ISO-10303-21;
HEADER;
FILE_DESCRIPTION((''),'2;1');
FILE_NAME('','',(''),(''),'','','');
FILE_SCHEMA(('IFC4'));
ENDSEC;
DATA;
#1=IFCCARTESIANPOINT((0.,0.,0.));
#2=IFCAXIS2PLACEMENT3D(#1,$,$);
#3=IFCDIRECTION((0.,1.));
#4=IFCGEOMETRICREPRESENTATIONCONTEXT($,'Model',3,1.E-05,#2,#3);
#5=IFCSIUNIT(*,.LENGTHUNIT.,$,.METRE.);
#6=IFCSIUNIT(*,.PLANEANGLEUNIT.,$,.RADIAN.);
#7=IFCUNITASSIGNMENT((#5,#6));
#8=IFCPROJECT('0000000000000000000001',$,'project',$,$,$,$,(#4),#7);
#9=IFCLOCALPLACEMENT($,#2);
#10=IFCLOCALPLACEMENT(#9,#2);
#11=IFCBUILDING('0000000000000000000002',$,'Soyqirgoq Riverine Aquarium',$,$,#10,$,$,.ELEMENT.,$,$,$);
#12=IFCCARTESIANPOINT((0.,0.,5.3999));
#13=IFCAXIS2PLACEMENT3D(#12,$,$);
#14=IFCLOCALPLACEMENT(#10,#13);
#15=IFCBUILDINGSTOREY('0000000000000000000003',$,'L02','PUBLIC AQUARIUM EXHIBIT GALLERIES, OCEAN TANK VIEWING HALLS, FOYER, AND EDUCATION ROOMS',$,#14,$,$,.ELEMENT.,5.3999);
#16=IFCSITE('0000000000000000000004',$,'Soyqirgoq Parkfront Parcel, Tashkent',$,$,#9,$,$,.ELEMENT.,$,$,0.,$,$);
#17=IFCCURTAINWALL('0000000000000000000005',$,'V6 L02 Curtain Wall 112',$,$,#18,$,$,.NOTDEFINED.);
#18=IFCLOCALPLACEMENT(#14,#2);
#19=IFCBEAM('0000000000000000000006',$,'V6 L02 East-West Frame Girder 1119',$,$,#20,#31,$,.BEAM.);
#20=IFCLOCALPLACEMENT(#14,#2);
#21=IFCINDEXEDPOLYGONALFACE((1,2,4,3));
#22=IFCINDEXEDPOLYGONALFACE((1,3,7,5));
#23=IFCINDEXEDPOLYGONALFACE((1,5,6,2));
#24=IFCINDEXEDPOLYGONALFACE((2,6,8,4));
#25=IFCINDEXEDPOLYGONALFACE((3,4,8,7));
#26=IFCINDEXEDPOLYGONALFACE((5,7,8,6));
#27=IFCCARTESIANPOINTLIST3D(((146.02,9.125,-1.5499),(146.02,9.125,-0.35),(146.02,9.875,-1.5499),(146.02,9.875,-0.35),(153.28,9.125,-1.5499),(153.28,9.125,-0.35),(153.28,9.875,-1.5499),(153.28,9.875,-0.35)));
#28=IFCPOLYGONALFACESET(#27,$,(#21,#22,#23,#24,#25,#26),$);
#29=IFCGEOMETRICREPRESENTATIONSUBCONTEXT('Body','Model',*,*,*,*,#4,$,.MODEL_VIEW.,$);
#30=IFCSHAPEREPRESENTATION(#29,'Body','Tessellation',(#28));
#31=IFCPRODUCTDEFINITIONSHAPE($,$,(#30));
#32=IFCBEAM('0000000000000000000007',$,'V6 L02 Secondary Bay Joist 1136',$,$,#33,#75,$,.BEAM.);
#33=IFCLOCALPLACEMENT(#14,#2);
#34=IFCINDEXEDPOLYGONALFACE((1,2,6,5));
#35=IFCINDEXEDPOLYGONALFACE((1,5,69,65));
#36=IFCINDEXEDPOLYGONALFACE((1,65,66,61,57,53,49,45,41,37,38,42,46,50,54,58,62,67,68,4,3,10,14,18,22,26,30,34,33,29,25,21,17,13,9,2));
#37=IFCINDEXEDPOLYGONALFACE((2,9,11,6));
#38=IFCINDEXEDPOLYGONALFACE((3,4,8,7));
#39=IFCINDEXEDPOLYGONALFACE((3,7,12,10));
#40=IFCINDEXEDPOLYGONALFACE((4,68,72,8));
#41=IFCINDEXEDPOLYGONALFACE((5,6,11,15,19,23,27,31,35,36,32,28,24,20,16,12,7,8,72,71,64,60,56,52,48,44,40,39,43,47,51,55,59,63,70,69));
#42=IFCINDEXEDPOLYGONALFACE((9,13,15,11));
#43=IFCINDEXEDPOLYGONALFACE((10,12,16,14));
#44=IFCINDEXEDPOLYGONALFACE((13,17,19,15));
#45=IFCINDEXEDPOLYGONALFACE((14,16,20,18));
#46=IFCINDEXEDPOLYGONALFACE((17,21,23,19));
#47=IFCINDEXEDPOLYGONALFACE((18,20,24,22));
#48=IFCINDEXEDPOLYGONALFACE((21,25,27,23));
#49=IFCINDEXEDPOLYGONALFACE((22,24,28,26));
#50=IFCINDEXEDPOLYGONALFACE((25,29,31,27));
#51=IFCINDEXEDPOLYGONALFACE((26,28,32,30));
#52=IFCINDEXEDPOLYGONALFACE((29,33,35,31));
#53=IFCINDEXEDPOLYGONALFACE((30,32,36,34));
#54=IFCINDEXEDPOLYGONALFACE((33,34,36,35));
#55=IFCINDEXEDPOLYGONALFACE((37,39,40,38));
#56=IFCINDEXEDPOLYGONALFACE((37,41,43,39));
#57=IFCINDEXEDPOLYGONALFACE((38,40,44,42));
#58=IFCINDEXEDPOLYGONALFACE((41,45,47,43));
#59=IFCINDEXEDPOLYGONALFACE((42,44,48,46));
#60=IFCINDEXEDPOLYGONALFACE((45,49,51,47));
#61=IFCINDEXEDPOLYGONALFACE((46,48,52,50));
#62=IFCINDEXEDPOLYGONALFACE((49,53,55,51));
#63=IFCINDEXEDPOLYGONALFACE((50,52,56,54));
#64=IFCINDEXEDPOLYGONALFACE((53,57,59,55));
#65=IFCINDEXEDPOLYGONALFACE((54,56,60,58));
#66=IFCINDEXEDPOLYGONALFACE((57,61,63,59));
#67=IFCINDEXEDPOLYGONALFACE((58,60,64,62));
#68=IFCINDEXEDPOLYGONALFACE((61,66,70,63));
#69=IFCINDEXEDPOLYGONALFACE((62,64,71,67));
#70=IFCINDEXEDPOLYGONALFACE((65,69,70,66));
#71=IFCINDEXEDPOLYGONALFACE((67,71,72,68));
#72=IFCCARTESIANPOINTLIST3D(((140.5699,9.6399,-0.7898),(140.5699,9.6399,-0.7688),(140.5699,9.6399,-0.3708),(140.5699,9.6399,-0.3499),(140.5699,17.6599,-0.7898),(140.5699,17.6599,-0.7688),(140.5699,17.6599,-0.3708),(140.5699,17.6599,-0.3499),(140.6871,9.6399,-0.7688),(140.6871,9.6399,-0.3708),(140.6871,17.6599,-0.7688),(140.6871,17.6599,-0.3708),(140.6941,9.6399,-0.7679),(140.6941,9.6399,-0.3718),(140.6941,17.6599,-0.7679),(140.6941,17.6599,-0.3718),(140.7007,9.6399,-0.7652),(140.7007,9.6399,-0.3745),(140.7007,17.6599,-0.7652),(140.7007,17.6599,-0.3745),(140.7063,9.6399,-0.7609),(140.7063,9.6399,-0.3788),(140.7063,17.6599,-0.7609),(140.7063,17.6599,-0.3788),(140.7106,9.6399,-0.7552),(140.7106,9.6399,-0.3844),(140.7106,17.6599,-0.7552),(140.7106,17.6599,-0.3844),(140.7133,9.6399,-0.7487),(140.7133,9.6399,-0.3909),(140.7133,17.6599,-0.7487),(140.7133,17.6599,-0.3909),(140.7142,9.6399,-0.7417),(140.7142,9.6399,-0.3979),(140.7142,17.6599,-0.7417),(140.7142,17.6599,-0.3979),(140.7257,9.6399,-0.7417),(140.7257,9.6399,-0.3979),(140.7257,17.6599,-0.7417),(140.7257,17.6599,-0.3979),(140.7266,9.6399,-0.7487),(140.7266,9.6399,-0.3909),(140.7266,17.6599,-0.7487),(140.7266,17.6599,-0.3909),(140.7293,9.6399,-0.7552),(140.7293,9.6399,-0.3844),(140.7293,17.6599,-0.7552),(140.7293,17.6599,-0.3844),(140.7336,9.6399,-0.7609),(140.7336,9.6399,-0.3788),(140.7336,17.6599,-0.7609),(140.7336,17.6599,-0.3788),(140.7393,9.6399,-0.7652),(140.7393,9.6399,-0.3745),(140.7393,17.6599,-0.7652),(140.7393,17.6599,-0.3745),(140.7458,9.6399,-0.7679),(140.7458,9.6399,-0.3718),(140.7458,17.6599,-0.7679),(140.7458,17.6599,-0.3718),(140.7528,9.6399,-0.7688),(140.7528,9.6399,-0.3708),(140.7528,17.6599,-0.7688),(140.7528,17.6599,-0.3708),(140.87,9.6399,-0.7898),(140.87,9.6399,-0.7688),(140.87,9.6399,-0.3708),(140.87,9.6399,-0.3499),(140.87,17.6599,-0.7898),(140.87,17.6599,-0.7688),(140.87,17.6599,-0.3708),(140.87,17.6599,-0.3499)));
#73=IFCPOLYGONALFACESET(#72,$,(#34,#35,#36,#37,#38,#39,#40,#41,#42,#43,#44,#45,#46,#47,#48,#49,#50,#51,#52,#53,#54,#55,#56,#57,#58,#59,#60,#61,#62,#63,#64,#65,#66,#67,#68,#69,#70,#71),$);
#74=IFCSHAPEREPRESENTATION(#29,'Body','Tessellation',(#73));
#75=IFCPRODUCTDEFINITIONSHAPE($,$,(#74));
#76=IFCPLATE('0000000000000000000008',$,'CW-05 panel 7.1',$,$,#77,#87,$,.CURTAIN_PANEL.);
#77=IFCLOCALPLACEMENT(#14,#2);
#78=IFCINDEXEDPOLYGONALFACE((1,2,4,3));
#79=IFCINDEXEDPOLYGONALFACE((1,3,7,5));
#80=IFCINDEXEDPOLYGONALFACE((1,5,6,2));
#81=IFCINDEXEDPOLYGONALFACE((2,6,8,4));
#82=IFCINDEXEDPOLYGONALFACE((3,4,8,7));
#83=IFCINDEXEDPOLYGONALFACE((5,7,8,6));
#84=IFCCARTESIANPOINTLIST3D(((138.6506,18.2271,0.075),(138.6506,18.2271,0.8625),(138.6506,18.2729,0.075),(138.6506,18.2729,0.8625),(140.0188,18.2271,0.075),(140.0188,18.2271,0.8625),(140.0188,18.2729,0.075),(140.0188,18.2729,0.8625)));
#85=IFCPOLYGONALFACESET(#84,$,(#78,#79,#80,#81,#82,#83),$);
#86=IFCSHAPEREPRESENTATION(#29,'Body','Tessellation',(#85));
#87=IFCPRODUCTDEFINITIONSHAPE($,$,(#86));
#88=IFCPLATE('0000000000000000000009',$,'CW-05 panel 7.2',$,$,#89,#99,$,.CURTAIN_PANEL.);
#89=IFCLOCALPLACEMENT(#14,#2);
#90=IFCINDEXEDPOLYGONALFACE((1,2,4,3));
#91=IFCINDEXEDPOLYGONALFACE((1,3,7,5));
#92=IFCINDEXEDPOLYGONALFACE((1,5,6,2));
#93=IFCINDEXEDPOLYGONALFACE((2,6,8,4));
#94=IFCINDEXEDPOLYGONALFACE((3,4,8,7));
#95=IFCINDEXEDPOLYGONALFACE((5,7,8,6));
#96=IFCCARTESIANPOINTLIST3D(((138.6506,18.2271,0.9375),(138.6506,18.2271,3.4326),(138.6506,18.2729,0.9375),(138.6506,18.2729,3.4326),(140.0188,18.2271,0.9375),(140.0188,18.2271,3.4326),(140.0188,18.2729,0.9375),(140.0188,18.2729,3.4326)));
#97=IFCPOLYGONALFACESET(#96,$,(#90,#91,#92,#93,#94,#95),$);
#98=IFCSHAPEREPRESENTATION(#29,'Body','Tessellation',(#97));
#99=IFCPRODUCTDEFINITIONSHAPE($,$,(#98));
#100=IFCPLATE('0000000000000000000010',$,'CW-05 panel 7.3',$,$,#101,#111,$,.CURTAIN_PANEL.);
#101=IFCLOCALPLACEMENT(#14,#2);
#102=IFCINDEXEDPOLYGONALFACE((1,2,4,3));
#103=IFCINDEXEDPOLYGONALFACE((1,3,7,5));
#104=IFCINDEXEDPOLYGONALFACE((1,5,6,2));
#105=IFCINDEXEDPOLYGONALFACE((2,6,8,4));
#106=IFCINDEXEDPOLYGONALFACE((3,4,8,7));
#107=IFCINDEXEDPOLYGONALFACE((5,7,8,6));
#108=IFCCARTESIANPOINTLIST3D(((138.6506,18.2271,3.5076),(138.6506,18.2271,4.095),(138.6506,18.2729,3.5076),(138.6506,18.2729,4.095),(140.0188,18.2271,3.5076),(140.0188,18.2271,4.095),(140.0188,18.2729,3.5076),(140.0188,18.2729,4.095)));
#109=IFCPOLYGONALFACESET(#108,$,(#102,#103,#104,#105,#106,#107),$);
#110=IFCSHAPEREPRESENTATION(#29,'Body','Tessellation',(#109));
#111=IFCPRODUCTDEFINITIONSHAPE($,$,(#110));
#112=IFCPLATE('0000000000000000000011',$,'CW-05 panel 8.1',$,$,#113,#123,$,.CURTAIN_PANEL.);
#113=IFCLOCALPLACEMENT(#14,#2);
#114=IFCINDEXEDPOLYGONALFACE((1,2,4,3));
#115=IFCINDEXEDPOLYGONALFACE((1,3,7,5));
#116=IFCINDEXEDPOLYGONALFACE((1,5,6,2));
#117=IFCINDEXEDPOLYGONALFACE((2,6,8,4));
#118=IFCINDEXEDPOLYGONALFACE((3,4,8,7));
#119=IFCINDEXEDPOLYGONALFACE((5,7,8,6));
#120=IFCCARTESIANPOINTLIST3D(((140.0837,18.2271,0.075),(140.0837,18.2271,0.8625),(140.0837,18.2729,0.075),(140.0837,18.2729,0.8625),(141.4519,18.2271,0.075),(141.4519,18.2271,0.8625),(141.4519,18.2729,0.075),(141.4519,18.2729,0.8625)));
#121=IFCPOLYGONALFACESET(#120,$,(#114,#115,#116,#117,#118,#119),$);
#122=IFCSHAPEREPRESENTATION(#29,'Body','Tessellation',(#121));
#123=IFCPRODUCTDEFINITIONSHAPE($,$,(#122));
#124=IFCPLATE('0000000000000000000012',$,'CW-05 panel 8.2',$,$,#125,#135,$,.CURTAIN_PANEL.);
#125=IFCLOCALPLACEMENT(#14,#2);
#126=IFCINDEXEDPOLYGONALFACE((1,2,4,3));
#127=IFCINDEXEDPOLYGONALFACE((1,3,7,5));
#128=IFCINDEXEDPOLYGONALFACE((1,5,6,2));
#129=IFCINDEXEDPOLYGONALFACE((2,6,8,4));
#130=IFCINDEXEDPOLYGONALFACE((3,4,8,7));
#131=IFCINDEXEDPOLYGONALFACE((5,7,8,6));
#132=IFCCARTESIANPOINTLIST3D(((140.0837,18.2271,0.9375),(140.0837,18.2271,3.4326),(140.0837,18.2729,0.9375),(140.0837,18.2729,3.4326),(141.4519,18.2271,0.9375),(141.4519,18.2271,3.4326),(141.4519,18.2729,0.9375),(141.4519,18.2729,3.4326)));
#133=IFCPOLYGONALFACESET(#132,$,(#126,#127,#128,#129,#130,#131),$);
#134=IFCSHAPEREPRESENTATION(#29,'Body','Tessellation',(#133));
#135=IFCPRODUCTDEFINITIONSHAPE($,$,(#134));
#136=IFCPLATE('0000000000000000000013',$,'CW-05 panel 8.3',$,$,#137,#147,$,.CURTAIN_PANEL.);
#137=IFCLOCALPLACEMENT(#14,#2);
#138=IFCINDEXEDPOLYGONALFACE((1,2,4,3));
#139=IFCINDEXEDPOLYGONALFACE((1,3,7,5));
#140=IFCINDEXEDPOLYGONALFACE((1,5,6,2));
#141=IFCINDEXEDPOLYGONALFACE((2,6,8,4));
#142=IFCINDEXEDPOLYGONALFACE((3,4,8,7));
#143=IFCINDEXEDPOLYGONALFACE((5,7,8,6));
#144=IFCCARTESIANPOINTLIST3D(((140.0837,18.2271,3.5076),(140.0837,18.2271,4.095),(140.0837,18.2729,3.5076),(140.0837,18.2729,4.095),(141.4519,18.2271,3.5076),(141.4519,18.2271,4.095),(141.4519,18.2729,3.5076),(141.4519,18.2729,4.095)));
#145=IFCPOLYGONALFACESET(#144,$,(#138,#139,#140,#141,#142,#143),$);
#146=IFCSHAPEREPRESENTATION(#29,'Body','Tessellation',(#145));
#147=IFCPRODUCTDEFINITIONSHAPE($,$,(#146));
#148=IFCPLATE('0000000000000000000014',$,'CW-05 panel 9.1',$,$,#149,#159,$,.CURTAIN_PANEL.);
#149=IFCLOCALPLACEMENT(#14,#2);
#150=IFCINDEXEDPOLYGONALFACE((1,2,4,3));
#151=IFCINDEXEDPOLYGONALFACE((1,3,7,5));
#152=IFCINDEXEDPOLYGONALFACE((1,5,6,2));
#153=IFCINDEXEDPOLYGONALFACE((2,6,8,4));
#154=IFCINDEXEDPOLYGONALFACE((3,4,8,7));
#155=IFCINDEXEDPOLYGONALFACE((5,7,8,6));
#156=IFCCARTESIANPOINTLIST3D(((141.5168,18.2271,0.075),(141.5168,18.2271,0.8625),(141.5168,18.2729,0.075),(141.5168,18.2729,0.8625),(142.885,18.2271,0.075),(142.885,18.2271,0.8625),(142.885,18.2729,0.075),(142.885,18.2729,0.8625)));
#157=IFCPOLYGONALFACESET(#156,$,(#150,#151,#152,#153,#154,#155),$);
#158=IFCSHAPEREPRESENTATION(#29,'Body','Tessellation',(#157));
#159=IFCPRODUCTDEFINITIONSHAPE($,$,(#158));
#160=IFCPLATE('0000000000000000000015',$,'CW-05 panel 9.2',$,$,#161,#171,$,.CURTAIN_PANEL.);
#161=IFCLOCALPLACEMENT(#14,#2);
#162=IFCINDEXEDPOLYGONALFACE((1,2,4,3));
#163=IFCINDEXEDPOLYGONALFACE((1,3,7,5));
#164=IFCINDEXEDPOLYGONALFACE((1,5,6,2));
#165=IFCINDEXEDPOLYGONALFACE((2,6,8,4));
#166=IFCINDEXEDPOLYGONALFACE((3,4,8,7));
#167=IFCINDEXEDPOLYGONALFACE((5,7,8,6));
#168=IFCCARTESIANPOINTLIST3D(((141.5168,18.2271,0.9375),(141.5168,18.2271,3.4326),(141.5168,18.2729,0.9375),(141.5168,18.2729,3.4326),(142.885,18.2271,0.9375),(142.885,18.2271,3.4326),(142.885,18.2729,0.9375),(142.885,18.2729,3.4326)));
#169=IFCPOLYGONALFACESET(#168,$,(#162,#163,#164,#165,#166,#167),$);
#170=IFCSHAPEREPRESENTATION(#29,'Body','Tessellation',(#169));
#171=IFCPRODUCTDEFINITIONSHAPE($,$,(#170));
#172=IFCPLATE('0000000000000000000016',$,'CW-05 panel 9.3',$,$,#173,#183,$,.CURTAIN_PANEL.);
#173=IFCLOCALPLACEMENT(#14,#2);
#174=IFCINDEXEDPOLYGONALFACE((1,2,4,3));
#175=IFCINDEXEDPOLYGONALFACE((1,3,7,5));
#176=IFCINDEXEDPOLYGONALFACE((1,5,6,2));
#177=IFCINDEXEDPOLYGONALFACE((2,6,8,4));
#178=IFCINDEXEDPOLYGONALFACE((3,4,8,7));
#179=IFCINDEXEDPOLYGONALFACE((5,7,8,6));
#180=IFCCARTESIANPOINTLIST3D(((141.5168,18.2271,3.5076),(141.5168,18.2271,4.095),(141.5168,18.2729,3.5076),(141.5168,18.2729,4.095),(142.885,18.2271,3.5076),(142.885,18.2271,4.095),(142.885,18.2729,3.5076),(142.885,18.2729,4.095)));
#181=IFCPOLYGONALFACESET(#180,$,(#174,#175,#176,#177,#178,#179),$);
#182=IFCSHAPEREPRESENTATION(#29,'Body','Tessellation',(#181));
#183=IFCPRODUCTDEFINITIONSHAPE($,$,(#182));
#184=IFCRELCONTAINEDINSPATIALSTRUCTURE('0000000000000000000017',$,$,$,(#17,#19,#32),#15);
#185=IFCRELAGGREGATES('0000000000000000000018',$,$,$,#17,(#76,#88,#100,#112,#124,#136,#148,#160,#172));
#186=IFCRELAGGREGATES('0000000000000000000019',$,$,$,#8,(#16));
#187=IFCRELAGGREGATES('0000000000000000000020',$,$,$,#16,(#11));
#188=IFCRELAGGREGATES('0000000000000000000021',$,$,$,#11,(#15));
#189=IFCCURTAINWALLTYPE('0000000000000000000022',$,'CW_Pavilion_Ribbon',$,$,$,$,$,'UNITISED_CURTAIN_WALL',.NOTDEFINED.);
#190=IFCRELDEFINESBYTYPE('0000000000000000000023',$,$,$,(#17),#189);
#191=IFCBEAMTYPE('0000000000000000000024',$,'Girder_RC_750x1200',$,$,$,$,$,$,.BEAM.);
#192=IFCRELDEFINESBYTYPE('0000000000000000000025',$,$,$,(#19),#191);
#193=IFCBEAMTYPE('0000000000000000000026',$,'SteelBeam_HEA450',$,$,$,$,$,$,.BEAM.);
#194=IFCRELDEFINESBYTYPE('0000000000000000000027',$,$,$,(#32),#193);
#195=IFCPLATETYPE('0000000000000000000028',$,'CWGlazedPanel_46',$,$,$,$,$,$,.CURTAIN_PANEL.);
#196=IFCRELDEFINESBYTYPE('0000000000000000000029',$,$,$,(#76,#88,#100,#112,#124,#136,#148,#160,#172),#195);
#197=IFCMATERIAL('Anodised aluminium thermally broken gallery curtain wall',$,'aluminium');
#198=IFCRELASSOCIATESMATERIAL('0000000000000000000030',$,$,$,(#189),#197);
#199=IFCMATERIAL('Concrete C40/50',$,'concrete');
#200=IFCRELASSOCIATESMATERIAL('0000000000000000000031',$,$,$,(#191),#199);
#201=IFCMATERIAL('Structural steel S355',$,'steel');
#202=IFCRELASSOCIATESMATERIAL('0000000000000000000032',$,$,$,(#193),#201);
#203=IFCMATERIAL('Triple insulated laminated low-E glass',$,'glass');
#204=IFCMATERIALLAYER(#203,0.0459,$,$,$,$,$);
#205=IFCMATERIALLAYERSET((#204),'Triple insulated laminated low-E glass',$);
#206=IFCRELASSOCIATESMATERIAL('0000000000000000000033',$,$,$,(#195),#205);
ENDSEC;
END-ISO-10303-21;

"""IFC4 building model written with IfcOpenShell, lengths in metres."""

from ifc_helpers import new_model, si_unit, direction, frame, origin, origin_2d, place, context, subcontext, project, spatial, rectangle, i_section, extrude, material, layer, layer_set, material_profile, profile_set, type_object, element, aggregate, save


model = new_model("IFC4")

# Units and contexts
model_context = context("Model", 3, precision=1e-05, world=origin(), true_north=direction((0.0, 1.0)))
body_context = subcontext(model_context, "Body", "Model", "MODEL_VIEW")
ifc_project = project(units=[si_unit("LENGTHUNIT", "METRE"), si_unit("PLANEANGLEUNIT", "RADIAN")], contexts=[model_context])

# Site, building, storey
site_placement = place(None, origin())
site = spatial("IfcSite", under=ifc_project, at=site_placement, Name="Soyqirgoq Parkfront Parcel, Tashkent", CompositionType="ELEMENT", RefElevation=0.0)
building_placement = place(site_placement, origin())
building = spatial("IfcBuilding", under=site, at=building_placement, Name="Soyqirgoq Riverine Aquarium", CompositionType="ELEMENT")
storey_placement = place(building_placement, frame((0.0, 0.0, 5.3999)))
storey = spatial("IfcBuildingStorey", under=building, at=storey_placement, Name="L02", Description="PUBLIC AQUARIUM EXHIBIT GALLERIES, OCEAN TANK VIEWING HALLS, FOYER, AND EDUCATION ROOMS", CompositionType="ELEMENT", Elevation=5.3999)

# Curtain wall
ifc_material_1 = material(Name="Anodised aluminium thermally broken gallery curtain wall", Category="aluminium")
curtain_wall_type = type_object("IfcCurtainWallType", Name="CW_Pavilion_Ribbon", ElementType="UNITISED_CURTAIN_WALL", PredefinedType="NOTDEFINED", material=ifc_material_1)
curtain_wall_placement = place(storey_placement, origin())
curtain_wall = element("IfcCurtainWall", 1, at=curtain_wall_placement, inside=storey, type_object=curtain_wall_type, Name="V6 L02 Curtain Wall 112", PredefinedType="NOTDEFINED")

# Beams
ifc_material_2 = material(Name="Concrete C40/50", Category="concrete")
ifc_material_profile_1 = material_profile(ifc_material_2, rectangle(XDim=0.75, YDim=1.2, at=origin_2d()), Name="RC 750x1200")
ifc_profile_set_1 = profile_set([ifc_material_profile_1], Name="Concrete C40/50")
beam_type_1 = type_object("IfcBeamType", Name="Girder_RC_750x1200", PredefinedType="BEAM", material=ifc_profile_set_1)
beam_1_placement = place(storey_placement, frame((146.02, 9.5, -0.95), z_axis=(1.0, 0.0, 0.0), x_axis=(0.0, 1.0, 0.0)))
element("IfcBeam", 2, at=beam_1_placement, inside=storey, type_object=beam_type_1, Name="V6 L02 East-West Frame Girder 1119", PredefinedType="BEAM", context=body_context, shape_type="SweptSolid", body=[
    extrude(rectangle(XDim=0.75, YDim=1.2, at=origin_2d()), origin(), (0.0, 0.0, 1.0), 7.26),
])
ifc_material_3 = material(Name="Structural steel S355", Category="steel")
ifc_material_profile_2 = material_profile(ifc_material_3, i_section(OverallWidth=0.3, OverallDepth=0.4399, WebThickness=0.0115, FlangeThickness=0.021, FilletRadius=0.0271, at=origin_2d()), Name="HEA 450")
ifc_profile_set_2 = profile_set([ifc_material_profile_2], Name="Structural steel S355")
beam_type_2 = type_object("IfcBeamType", Name="SteelBeam_HEA450", PredefinedType="BEAM", material=ifc_profile_set_2)
beam_2_placement = place(storey_placement, frame((140.72, 9.6399, -0.5698), z_axis=(0.0, 1.0, 0.0), x_axis=(-1.0, 0.0, 0.0)))
element("IfcBeam", 3, at=beam_2_placement, inside=storey, type_object=beam_type_2, Name="V6 L02 Secondary Bay Joist 1136", PredefinedType="BEAM", context=body_context, shape_type="SweptSolid", body=[
    extrude(i_section(OverallWidth=0.3, OverallDepth=0.4399, WebThickness=0.0115, FlangeThickness=0.021, FilletRadius=0.0271, at=origin_2d()), origin(), (0.0, 0.0, 1.0), 8.02),
])

# Plates
ifc_material_4 = material(Name="Triple insulated laminated low-E glass", Category="glass")
ifc_layer = layer(ifc_material_4, 0.0459)
ifc_layer_set = layer_set([ifc_layer], Name="Triple insulated laminated low-E glass")
plate_type = type_object("IfcPlateType", Name="CWGlazedPanel_46", PredefinedType="CURTAIN_PANEL", material=ifc_layer_set)
plate_1_placement = place(storey_placement, frame((139.3347, 18.25, 0.075), z_axis=(0.0, 0.0, 1.0), x_axis=(1.0, 0.0, 0.0)))
plate_1 = element("IfcPlate", 4, at=plate_1_placement, type_object=plate_type, Name="CW-05 panel 7.1", PredefinedType="CURTAIN_PANEL", context=body_context, shape_type="SweptSolid", body=[
    extrude(rectangle(XDim=1.3682, YDim=0.0459, at=origin_2d()), origin(), (0.0, 0.0, 1.0), 0.7876),
])
plate_2_placement = place(storey_placement, frame((139.3347, 18.25, 0.9375), z_axis=(0.0, 0.0, 1.0), x_axis=(1.0, 0.0, 0.0)))
plate_2 = element("IfcPlate", 5, at=plate_2_placement, type_object=plate_type, Name="CW-05 panel 7.2", PredefinedType="CURTAIN_PANEL", context=body_context, shape_type="SweptSolid", body=[
    extrude(rectangle(XDim=1.3682, YDim=0.0459, at=origin_2d()), origin(), (0.0, 0.0, 1.0), 2.4951),
])
plate_3_placement = place(storey_placement, frame((139.3347, 18.25, 3.5076), z_axis=(0.0, 0.0, 1.0), x_axis=(1.0, 0.0, 0.0)))
plate_3 = element("IfcPlate", 6, at=plate_3_placement, type_object=plate_type, Name="CW-05 panel 7.3", PredefinedType="CURTAIN_PANEL", context=body_context, shape_type="SweptSolid", body=[
    extrude(rectangle(XDim=1.3682, YDim=0.0459, at=origin_2d()), origin(), (0.0, 0.0, 1.0), 0.5874),
])
plate_4_placement = place(storey_placement, frame((140.7678, 18.25, 0.075), z_axis=(0.0, 0.0, 1.0), x_axis=(1.0, 0.0, 0.0)))
plate_4 = element("IfcPlate", 7, at=plate_4_placement, type_object=plate_type, Name="CW-05 panel 8.1", PredefinedType="CURTAIN_PANEL", context=body_context, shape_type="SweptSolid", body=[
    extrude(rectangle(XDim=1.3682, YDim=0.0459, at=origin_2d()), origin(), (0.0, 0.0, 1.0), 0.7876),
])
plate_5_placement = place(storey_placement, frame((140.7678, 18.25, 0.9375), z_axis=(0.0, 0.0, 1.0), x_axis=(1.0, 0.0, 0.0)))
plate_5 = element("IfcPlate", 8, at=plate_5_placement, type_object=plate_type, Name="CW-05 panel 8.2", PredefinedType="CURTAIN_PANEL", context=body_context, shape_type="SweptSolid", body=[
    extrude(rectangle(XDim=1.3682, YDim=0.0459, at=origin_2d()), origin(), (0.0, 0.0, 1.0), 2.4951),
])
plate_6_placement = place(storey_placement, frame((140.7678, 18.25, 3.5076), z_axis=(0.0, 0.0, 1.0), x_axis=(1.0, 0.0, 0.0)))
plate_6 = element("IfcPlate", 9, at=plate_6_placement, type_object=plate_type, Name="CW-05 panel 8.3", PredefinedType="CURTAIN_PANEL", context=body_context, shape_type="SweptSolid", body=[
    extrude(rectangle(XDim=1.3682, YDim=0.0459, at=origin_2d()), origin(), (0.0, 0.0, 1.0), 0.5874),
])
plate_7_placement = place(storey_placement, frame((142.2009, 18.25, 0.075), z_axis=(0.0, 0.0, 1.0), x_axis=(1.0, 0.0, 0.0)))
plate_7 = element("IfcPlate", 10, at=plate_7_placement, type_object=plate_type, Name="CW-05 panel 9.1", PredefinedType="CURTAIN_PANEL", context=body_context, shape_type="SweptSolid", body=[
    extrude(rectangle(XDim=1.3682, YDim=0.0459, at=origin_2d()), origin(), (0.0, 0.0, 1.0), 0.7876),
])
plate_8_placement = place(storey_placement, frame((142.2009, 18.25, 0.9375), z_axis=(0.0, 0.0, 1.0), x_axis=(1.0, 0.0, 0.0)))
plate_8 = element("IfcPlate", 11, at=plate_8_placement, type_object=plate_type, Name="CW-05 panel 9.2", PredefinedType="CURTAIN_PANEL", context=body_context, shape_type="SweptSolid", body=[
    extrude(rectangle(XDim=1.3682, YDim=0.0459, at=origin_2d()), origin(), (0.0, 0.0, 1.0), 2.4951),
])
plate_9_placement = place(storey_placement, frame((142.2009, 18.25, 3.5076), z_axis=(0.0, 0.0, 1.0), x_axis=(1.0, 0.0, 0.0)))
plate_9 = element("IfcPlate", 12, at=plate_9_placement, type_object=plate_type, Name="CW-05 panel 9.3", PredefinedType="CURTAIN_PANEL", context=body_context, shape_type="SweptSolid", body=[
    extrude(rectangle(XDim=1.3682, YDim=0.0459, at=origin_2d()), origin(), (0.0, 0.0, 1.0), 0.5874),
])
aggregate(curtain_wall, [plate_1, plate_2, plate_3, plate_4, plate_5, plate_6, plate_7, plate_8, plate_9])

save(model, "model.ifc")
